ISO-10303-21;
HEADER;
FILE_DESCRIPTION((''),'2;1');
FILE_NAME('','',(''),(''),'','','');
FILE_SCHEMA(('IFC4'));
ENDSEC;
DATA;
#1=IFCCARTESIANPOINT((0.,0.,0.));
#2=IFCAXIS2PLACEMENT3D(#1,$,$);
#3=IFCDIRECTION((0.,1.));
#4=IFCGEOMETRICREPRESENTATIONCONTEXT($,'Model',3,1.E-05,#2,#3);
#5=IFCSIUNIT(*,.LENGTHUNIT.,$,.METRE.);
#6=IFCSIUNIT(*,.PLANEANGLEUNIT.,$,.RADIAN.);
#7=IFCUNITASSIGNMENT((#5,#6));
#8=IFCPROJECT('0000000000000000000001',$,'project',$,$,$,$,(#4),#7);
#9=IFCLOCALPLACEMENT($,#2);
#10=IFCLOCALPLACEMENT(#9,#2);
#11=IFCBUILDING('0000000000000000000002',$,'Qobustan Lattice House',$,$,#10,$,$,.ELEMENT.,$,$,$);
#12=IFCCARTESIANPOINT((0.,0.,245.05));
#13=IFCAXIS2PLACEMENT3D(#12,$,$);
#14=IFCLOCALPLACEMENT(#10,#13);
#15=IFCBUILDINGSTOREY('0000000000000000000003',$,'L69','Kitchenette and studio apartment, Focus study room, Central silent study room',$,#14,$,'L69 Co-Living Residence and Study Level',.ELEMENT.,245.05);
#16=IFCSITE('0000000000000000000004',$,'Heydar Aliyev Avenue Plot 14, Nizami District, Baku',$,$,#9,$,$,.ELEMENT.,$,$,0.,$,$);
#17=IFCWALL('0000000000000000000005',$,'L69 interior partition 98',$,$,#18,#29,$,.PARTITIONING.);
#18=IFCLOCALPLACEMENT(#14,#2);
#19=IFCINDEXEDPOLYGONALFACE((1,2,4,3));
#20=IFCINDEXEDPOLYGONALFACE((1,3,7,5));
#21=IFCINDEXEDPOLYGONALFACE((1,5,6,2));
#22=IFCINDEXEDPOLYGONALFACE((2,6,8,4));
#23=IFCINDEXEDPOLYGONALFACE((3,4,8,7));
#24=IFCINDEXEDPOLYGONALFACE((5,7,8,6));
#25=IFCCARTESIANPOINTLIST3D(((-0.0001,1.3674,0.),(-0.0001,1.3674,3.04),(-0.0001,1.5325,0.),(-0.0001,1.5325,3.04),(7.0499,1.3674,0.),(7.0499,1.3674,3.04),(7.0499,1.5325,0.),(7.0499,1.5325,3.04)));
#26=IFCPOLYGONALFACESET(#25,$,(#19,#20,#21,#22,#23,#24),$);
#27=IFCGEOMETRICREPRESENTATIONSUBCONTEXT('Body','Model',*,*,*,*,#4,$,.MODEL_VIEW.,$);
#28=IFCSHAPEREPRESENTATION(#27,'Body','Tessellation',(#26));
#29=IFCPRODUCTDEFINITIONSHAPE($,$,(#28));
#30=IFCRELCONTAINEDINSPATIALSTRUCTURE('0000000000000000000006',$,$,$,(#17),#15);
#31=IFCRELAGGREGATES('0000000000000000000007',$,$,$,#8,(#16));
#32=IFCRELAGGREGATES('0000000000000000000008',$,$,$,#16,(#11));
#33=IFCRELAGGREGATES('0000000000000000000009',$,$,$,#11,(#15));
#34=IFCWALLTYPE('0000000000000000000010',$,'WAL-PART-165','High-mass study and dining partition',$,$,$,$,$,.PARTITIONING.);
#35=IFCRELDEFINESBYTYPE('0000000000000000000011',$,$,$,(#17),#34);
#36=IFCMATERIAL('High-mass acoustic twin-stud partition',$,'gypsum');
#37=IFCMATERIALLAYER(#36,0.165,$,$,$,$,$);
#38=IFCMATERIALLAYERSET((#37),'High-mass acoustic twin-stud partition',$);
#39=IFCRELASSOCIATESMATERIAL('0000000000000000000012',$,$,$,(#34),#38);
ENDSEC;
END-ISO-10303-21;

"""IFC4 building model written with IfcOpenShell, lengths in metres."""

from ifc_helpers import new_model, si_unit, direction, frame, frame_2d, origin, place, context, subcontext, project, spatial, rectangle, extrude, material, layer, layer_set, type_object, element, save


model = new_model("IFC4")

# Units and contexts
model_context = context("Model", 3, precision=1e-05, world=origin(), true_north=direction((0.0, 1.0)))
body_context = subcontext(model_context, "Body", "Model", "MODEL_VIEW")
ifc_project = project(units=[si_unit("LENGTHUNIT", "METRE"), si_unit("PLANEANGLEUNIT", "RADIAN")], contexts=[model_context])

# Site, building, storey
site_placement = place(None, origin())
site = spatial("IfcSite", under=ifc_project, at=site_placement, Name="Heydar Aliyev Avenue Plot 14, Nizami District, Baku", CompositionType="ELEMENT", RefElevation=0.0)
building_placement = place(site_placement, origin())
building = spatial("IfcBuilding", under=site, at=building_placement, Name="Qobustan Lattice House", CompositionType="ELEMENT")
storey_placement = place(building_placement, frame((0.0, 0.0, 245.05)))
storey = spatial("IfcBuildingStorey", under=building, at=storey_placement, Name="L69", Description="Kitchenette and studio apartment, Focus study room, Central silent study room", LongName="L69 Co-Living Residence and Study Level", CompositionType="ELEMENT", Elevation=245.05)

# Wall
ifc_material_1 = material(Name="High-mass acoustic twin-stud partition", Category="gypsum")
ifc_layer_1 = layer(ifc_material_1, 0.165)
ifc_layer_set_1 = layer_set([ifc_layer_1], Name="High-mass acoustic twin-stud partition")
wall_type_1 = type_object("IfcWallType", Name="WAL-PART-165", Description="High-mass study and dining partition", PredefinedType="PARTITIONING", material=ifc_layer_set_1)
for number, where, z_axis, x_axis, name in (
    (1, (0.0, 1.45, 0.0), (0.0, 0.0, 1.0), (1.0, 0.0, 0.0), "L69 interior partition 98"),
):
    element("IfcWall", number, at=place(storey_placement, frame(where, z_axis=z_axis, x_axis=x_axis)), inside=storey, type_object=wall_type_1, Name=name, PredefinedType="PARTITIONING", context=body_context, shape_type="SweptSolid", body=[
        extrude(rectangle(XDim=7.05, YDim=0.165, at=frame_2d((3.5249, 0.0))), origin(), (0.0, 0.0, 1.0), 3.04),
    ])

save(model, "model.ifc")
